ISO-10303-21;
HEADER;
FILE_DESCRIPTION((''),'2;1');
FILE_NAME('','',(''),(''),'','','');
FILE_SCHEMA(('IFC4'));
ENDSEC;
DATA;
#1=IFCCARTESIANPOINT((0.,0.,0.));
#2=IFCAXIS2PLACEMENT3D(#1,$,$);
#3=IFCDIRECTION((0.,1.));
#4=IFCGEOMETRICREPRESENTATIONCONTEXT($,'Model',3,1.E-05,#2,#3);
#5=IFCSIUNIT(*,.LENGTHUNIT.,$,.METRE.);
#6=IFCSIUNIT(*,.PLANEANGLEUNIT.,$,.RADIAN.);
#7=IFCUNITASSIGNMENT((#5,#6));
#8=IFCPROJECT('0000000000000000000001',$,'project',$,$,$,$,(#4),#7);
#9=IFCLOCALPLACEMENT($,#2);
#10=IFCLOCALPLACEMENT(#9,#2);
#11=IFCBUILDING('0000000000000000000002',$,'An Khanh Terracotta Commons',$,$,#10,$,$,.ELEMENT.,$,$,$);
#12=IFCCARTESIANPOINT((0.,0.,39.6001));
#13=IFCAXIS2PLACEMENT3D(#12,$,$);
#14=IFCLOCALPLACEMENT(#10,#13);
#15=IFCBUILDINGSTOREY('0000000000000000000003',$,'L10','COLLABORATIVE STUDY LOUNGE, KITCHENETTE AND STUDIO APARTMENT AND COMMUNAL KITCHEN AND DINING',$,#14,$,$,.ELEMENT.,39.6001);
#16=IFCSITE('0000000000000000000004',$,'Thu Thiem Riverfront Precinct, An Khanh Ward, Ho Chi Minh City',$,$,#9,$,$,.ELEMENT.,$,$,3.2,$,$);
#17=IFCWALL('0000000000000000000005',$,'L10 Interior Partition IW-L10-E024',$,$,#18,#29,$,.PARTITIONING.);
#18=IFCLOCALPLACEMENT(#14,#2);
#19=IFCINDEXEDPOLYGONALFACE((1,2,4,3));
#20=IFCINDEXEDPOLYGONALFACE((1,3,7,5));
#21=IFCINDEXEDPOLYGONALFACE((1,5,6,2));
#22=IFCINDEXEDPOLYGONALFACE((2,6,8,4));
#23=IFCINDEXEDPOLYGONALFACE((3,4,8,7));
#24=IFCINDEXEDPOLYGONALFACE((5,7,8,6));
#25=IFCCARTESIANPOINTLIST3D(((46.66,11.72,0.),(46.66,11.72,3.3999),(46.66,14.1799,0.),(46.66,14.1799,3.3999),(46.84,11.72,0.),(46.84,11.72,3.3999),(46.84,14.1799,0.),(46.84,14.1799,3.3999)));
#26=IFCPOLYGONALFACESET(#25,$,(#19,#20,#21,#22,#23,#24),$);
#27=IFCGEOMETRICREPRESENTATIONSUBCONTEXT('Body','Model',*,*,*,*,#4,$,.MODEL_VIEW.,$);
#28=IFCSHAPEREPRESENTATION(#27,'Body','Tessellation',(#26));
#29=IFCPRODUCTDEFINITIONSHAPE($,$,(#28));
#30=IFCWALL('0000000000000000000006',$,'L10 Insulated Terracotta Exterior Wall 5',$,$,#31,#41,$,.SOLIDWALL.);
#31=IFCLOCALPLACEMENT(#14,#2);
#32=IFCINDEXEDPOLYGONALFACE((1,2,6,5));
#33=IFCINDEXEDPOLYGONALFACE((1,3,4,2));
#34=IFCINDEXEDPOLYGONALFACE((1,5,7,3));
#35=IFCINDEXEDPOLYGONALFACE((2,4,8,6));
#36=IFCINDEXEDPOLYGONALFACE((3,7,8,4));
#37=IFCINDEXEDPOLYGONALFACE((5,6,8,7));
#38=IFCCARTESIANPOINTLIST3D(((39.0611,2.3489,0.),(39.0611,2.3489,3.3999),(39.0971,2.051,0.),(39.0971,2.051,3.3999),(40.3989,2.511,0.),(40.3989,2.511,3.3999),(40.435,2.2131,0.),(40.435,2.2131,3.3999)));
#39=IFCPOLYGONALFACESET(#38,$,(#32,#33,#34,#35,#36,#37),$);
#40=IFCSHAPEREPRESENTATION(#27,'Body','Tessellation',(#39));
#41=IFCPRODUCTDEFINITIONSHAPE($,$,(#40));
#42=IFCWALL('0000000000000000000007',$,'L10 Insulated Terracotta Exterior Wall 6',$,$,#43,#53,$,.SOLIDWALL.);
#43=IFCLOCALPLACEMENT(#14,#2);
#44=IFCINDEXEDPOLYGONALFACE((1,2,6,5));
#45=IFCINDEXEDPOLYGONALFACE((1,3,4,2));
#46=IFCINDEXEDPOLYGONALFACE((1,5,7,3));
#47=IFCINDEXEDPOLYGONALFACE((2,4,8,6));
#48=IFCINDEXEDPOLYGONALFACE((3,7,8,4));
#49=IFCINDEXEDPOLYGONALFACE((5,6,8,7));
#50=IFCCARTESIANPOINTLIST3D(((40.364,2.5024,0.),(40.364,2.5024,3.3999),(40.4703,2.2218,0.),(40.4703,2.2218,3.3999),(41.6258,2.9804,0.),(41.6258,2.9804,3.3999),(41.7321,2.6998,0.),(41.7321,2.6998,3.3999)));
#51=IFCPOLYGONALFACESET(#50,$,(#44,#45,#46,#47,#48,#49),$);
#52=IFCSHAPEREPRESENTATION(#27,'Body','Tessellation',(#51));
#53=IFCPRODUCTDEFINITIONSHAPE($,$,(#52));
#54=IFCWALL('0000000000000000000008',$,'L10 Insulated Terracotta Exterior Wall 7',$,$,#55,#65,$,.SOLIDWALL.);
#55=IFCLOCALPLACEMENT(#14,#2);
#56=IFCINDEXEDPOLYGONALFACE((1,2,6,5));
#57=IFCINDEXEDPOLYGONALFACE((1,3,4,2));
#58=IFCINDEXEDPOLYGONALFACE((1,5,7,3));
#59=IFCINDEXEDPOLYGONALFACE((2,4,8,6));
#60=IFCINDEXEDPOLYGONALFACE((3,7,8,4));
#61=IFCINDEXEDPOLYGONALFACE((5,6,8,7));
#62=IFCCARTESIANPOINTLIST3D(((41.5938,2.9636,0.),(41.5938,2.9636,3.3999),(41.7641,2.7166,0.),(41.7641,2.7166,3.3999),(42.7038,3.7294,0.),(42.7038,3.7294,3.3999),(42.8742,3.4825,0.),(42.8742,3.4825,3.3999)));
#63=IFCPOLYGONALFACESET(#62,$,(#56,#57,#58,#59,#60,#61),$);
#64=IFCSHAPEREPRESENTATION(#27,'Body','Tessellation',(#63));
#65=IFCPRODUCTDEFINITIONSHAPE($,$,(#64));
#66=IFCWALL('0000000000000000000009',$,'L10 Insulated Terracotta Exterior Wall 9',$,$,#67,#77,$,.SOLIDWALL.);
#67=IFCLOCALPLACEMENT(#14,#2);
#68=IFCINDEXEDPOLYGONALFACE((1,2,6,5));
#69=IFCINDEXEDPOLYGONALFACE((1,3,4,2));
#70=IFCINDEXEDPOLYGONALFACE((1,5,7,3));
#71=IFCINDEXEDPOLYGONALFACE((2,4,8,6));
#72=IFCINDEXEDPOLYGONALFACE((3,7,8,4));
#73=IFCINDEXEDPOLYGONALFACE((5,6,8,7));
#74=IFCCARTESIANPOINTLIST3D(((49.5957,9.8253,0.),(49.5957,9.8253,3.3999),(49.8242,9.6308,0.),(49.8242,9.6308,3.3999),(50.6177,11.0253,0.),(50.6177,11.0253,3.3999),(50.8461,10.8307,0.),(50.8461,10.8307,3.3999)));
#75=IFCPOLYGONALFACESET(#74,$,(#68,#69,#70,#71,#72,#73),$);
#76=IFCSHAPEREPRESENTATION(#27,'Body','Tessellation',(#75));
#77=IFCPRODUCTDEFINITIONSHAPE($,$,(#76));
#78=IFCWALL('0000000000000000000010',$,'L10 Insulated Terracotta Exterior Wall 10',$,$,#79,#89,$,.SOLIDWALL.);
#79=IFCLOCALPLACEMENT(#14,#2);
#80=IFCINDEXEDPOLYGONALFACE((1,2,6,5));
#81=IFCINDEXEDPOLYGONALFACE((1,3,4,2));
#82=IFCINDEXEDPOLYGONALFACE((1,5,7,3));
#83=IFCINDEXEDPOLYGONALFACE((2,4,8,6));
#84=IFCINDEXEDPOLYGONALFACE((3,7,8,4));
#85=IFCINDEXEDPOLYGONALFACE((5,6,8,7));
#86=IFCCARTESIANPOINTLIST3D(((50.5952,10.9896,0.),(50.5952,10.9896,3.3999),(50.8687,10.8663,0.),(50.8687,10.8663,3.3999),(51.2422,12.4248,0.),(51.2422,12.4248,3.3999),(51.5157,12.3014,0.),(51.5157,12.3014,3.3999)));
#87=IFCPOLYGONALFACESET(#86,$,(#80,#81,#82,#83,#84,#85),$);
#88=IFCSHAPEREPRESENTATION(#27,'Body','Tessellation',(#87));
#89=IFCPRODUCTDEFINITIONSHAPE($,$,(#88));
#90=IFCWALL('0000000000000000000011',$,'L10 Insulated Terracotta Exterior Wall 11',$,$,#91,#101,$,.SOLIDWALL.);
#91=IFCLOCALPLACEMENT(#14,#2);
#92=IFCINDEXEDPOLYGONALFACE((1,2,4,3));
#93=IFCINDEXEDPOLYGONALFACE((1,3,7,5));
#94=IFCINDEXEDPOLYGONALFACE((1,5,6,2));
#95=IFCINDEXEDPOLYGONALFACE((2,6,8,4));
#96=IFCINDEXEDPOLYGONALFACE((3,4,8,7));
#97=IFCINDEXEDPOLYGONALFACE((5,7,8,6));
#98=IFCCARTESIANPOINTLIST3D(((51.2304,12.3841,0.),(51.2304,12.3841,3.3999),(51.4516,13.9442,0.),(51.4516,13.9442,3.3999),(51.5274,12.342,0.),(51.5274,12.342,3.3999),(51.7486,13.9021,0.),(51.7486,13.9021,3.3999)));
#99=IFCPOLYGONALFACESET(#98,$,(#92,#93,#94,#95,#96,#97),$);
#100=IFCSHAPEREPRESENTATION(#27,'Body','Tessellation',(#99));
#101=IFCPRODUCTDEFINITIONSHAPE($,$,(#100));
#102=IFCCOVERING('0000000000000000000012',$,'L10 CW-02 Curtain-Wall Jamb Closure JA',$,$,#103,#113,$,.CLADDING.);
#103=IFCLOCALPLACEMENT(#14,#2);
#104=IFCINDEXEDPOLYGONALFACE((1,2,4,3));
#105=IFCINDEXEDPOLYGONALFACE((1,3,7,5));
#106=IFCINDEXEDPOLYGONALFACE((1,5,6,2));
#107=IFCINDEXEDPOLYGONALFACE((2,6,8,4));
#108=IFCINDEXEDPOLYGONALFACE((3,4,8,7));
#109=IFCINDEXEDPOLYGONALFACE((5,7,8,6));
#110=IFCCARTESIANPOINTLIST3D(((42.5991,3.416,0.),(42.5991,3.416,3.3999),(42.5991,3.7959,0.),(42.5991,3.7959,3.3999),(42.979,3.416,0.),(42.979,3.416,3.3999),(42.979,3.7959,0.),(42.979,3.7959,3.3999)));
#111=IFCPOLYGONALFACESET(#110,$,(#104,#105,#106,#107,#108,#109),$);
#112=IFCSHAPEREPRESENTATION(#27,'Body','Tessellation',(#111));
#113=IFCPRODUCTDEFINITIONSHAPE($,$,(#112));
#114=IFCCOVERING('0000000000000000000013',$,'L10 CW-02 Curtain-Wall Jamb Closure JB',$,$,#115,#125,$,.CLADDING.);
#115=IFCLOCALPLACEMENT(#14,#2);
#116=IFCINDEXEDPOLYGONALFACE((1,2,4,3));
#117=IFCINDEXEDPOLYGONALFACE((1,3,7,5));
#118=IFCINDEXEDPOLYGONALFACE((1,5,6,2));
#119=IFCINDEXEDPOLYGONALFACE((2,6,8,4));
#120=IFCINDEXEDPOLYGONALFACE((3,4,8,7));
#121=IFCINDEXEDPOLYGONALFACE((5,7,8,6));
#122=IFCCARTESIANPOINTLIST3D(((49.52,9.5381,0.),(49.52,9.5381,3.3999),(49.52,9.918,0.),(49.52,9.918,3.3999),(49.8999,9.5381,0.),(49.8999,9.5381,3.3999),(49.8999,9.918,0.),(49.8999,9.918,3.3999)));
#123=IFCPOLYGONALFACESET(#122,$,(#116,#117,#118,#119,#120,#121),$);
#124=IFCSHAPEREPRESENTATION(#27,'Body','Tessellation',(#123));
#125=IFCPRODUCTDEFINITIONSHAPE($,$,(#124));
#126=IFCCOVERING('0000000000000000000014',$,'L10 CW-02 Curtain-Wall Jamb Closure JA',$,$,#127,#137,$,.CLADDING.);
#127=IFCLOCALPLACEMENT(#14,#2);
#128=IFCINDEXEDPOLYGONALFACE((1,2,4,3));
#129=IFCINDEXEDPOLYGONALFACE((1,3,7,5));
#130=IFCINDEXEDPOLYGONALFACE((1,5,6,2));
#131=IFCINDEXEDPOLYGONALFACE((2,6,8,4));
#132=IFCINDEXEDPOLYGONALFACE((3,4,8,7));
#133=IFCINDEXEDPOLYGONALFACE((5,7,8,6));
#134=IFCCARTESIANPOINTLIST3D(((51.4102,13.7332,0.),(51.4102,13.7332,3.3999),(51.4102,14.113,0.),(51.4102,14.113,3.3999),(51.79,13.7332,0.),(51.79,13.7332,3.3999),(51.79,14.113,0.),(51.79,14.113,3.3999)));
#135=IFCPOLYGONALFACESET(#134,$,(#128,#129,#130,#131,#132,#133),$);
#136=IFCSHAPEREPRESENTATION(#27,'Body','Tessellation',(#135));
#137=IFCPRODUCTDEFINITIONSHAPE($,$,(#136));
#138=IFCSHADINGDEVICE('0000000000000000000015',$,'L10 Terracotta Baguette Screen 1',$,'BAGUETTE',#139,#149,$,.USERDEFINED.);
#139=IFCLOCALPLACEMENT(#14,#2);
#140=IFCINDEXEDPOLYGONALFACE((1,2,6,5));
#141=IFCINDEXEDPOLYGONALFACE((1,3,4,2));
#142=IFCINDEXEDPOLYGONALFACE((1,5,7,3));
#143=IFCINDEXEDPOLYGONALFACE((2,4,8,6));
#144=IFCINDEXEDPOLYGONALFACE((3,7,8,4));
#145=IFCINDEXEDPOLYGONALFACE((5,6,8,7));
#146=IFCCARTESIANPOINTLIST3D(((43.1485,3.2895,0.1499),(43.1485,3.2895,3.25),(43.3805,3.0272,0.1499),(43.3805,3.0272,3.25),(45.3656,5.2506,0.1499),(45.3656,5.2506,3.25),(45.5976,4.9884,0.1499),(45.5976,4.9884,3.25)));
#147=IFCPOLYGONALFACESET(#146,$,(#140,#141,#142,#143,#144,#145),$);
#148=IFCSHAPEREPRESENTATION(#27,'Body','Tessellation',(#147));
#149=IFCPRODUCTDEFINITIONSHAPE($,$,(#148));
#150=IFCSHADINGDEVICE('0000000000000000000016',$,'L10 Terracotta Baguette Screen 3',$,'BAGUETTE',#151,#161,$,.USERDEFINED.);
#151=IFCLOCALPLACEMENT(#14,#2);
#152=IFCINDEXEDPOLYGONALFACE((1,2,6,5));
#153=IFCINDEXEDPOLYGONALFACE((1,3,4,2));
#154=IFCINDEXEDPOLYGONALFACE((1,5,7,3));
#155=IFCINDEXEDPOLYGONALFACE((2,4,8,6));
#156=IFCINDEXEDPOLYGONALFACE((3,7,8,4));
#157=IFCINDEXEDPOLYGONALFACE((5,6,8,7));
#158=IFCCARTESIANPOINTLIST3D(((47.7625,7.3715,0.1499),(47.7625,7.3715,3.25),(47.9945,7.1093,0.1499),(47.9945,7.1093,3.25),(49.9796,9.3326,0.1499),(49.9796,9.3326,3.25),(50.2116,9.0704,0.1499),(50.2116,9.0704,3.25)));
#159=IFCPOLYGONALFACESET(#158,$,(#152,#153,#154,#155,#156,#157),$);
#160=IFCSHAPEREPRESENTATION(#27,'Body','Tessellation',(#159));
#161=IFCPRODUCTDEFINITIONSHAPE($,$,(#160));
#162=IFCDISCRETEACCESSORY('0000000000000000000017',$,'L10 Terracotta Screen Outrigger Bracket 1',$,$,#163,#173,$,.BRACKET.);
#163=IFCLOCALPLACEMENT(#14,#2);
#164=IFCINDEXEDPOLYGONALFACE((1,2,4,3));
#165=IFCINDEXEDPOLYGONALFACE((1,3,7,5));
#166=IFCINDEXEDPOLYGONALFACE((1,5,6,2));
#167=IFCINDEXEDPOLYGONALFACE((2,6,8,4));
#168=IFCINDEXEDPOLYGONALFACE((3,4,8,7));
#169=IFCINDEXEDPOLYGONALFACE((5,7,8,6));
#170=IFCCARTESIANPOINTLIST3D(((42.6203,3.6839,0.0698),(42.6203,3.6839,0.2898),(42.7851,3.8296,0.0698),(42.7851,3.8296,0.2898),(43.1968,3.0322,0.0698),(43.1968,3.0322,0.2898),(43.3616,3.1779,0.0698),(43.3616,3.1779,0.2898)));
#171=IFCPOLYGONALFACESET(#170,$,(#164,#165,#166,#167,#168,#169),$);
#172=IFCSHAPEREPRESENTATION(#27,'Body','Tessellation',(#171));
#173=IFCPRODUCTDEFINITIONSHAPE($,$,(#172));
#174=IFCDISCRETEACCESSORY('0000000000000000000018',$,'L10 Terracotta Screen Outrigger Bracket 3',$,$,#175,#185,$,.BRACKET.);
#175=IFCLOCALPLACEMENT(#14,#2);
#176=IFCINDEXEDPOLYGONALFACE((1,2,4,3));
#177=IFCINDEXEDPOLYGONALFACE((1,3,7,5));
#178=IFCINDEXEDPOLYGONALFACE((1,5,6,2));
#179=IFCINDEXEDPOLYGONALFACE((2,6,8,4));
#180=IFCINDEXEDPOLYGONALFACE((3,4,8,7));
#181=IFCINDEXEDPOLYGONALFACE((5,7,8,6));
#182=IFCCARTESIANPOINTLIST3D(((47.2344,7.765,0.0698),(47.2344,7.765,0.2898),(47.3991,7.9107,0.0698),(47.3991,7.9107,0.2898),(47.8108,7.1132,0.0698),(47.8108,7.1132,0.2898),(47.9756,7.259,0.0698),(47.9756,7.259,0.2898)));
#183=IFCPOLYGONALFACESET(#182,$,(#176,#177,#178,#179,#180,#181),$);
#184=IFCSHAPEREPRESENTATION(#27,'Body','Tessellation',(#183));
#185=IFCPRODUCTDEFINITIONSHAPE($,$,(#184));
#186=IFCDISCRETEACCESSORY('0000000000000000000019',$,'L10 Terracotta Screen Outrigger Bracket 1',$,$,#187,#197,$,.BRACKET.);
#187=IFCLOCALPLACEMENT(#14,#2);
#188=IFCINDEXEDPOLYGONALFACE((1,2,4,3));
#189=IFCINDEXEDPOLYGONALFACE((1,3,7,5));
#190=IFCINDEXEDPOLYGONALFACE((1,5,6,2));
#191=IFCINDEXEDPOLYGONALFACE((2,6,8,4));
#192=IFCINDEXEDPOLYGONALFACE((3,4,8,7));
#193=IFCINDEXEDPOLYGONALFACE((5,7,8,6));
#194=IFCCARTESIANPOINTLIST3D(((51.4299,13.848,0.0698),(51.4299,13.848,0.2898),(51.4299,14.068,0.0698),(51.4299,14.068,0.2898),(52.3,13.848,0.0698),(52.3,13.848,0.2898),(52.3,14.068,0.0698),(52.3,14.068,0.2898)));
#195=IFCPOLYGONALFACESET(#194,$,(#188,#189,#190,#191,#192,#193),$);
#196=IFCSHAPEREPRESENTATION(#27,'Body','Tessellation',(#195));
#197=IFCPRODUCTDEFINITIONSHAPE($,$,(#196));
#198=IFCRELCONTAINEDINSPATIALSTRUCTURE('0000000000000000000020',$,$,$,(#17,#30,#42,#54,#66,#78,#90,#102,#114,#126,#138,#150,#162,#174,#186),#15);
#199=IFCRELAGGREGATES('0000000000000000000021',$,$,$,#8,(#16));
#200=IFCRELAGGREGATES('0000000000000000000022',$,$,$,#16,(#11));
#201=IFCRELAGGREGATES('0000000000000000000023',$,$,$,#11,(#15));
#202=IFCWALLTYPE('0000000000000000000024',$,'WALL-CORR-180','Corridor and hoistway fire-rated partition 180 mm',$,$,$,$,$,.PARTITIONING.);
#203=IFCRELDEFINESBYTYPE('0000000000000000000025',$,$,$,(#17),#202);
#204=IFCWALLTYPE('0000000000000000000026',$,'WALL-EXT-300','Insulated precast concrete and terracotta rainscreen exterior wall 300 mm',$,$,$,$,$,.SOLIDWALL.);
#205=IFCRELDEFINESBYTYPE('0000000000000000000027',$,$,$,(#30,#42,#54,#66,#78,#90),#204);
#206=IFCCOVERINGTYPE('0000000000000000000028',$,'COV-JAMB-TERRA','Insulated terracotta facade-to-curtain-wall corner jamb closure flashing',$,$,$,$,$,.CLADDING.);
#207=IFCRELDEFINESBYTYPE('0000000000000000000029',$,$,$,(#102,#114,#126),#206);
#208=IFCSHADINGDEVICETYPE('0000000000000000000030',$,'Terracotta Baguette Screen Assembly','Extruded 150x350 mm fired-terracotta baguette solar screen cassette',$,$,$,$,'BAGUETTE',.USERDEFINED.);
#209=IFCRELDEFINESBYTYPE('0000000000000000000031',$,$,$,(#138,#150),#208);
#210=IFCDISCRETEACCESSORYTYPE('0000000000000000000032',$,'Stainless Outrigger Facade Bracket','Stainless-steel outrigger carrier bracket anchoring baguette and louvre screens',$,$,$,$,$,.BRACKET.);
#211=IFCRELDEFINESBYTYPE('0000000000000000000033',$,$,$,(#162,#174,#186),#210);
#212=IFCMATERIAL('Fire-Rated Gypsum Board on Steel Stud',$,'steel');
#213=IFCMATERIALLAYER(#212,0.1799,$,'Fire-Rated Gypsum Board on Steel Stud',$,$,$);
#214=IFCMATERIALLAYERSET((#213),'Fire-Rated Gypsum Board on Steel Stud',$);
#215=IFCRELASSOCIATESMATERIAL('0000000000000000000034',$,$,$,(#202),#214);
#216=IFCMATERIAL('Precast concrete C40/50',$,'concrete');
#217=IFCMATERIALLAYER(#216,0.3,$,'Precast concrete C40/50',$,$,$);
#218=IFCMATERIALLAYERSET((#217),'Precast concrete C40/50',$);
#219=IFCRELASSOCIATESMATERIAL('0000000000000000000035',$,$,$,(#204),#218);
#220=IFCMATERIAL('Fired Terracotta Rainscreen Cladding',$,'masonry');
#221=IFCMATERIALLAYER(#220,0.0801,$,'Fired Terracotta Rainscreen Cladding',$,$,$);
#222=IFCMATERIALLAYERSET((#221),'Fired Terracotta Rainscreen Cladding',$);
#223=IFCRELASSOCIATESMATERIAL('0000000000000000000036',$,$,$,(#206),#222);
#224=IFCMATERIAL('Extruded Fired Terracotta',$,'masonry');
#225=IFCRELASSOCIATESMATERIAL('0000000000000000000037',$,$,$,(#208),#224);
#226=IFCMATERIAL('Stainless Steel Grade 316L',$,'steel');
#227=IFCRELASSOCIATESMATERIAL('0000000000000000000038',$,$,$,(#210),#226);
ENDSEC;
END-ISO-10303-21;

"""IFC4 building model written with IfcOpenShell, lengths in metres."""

from ifc_helpers import new_model, si_unit, direction, frame, frame_2d, origin, origin_2d, place, context, subcontext, project, spatial, rectangle, extrude, material, layer, layer_set, type_object, element, save


model = new_model("IFC4")

# Units and contexts
model_context = context("Model", 3, precision=1e-05, world=origin(), true_north=direction((0.0, 1.0)))
body_context = subcontext(model_context, "Body", "Model", "MODEL_VIEW")
ifc_project = project(units=[si_unit("LENGTHUNIT", "METRE"), si_unit("PLANEANGLEUNIT", "RADIAN")], contexts=[model_context])

# Site, building, storey
site_placement = place(None, origin())
site = spatial("IfcSite", under=ifc_project, at=site_placement, Name="Thu Thiem Riverfront Precinct, An Khanh Ward, Ho Chi Minh City", CompositionType="ELEMENT", RefElevation=3.2)
building_placement = place(site_placement, origin())
building = spatial("IfcBuilding", under=site, at=building_placement, Name="An Khanh Terracotta Commons", CompositionType="ELEMENT")
storey_placement = place(building_placement, frame((0.0, 0.0, 39.6001)))
storey = spatial("IfcBuildingStorey", under=building, at=storey_placement, Name="L10", Description="COLLABORATIVE STUDY LOUNGE, KITCHENETTE AND STUDIO APARTMENT AND COMMUNAL KITCHEN AND DINING", CompositionType="ELEMENT", Elevation=39.6001)

# Walls
ifc_material_1 = material(Name="Fire-Rated Gypsum Board on Steel Stud", Category="steel")
ifc_layer_1 = layer(ifc_material_1, 0.1799, Name="Fire-Rated Gypsum Board on Steel Stud")
ifc_layer_set_1 = layer_set([ifc_layer_1], Name="Fire-Rated Gypsum Board on Steel Stud")
wall_type_1 = type_object("IfcWallType", Name="WALL-CORR-180", Description="Corridor and hoistway fire-rated partition 180 mm", PredefinedType="PARTITIONING", material=ifc_layer_set_1)
wall_1_placement = place(storey_placement, frame((46.75, 11.72, 0.0), z_axis=(0.0, 0.0, 1.0), x_axis=(0.0, 1.0, 0.0)))
element("IfcWall", 1, at=wall_1_placement, inside=storey, type_object=wall_type_1, Name="L10 Interior Partition IW-L10-E024", PredefinedType="PARTITIONING", context=body_context, shape_type="SweptSolid", body=[
    extrude(rectangle(XDim=2.46, YDim=0.1799, at=frame_2d((1.23, 0.0))), origin(), (0.0, 0.0, 1.0), 3.3999),
])
ifc_material_2 = material(Name="Precast concrete C40/50", Category="concrete")
ifc_layer_2 = layer(ifc_material_2, 0.3, Name="Precast concrete C40/50")
ifc_layer_set_2 = layer_set([ifc_layer_2], Name="Precast concrete C40/50")
wall_type_2 = type_object("IfcWallType", Name="WALL-EXT-300", Description="Insulated precast concrete and terracotta rainscreen exterior wall 300 mm", PredefinedType="SOLIDWALL", material=ifc_layer_set_2)
wall_2_placement = place(storey_placement, frame((39.0791, 2.2, 0.0), z_axis=(0.0, 0.0, 1.0), x_axis=(0.992739, 0.120288, 0.0)))
element("IfcWall", 2, at=wall_2_placement, inside=storey, type_object=wall_type_2, Name="L10 Insulated Terracotta Exterior Wall 5", PredefinedType="SOLIDWALL", context=body_context, shape_type="SweptSolid", body=[
    extrude(rectangle(XDim=1.3477, YDim=0.3, at=frame_2d((0.6738, 0.0))), origin(), (0.0, 0.0, 1.0), 3.3999),
])
wall_3_placement = place(storey_placement, frame((40.417, 2.3621, 0.0), z_axis=(0.0, 0.0, 1.0), x_axis=(0.935157, 0.354234, 0.0)))
element("IfcWall", 3, at=wall_3_placement, inside=storey, type_object=wall_type_2, Name="L10 Insulated Terracotta Exterior Wall 6", PredefinedType="SOLIDWALL", context=body_context, shape_type="SweptSolid", body=[
    extrude(rectangle(XDim=1.3494, YDim=0.3, at=frame_2d((0.6748, 0.0))), origin(), (0.0, 0.0, 1.0), 3.3999),
])
wall_4_placement = place(storey_placement, frame((41.679, 2.8401, 0.0), z_axis=(0.0, 0.0, 1.0), x_axis=(0.823117, 0.567873, 0.0)))
element("IfcWall", 4, at=wall_4_placement, inside=storey, type_object=wall_type_2, Name="L10 Insulated Terracotta Exterior Wall 7", PredefinedType="SOLIDWALL", context=body_context, shape_type="SweptSolid", body=[
    extrude(rectangle(XDim=1.3486, YDim=0.3, at=frame_2d((0.6743, 0.0))), origin(), (0.0, 0.0, 1.0), 3.3999),
])
wall_5_placement = place(storey_placement, frame((49.71, 9.728, 0.0), z_axis=(0.0, 0.0, 1.0), x_axis=(0.64839, 0.761308, 0.0)))
element("IfcWall", 5, at=wall_5_placement, inside=storey, type_object=wall_type_2, Name="L10 Insulated Terracotta Exterior Wall 9", PredefinedType="SOLIDWALL", context=body_context, shape_type="SweptSolid", body=[
    extrude(rectangle(XDim=1.5762, YDim=0.3, at=frame_2d((0.7881, 0.0))), origin(), (0.0, 0.0, 1.0), 3.3999),
])
wall_6_placement = place(storey_placement, frame((50.7319, 10.928, 0.0), z_axis=(0.0, 0.0, 1.0), x_axis=(0.410997, 0.911637, 0.0)))
element("IfcWall", 6, at=wall_6_placement, inside=storey, type_object=wall_type_2, Name="L10 Insulated Terracotta Exterior Wall 10", PredefinedType="SOLIDWALL", context=body_context, shape_type="SweptSolid", body=[
    extrude(rectangle(XDim=1.5742, YDim=0.3, at=frame_2d((0.7871, 0.0))), origin(), (0.0, 0.0, 1.0), 3.3999),
])
wall_7_placement = place(storey_placement, frame((51.3789, 12.363, 0.0), z_axis=(0.0, 0.0, 1.0), x_axis=(0.14038, 0.990098, 0.0)))
element("IfcWall", 7, at=wall_7_placement, inside=storey, type_object=wall_type_2, Name="L10 Insulated Terracotta Exterior Wall 11", PredefinedType="SOLIDWALL", context=body_context, shape_type="SweptSolid", body=[
    extrude(rectangle(XDim=1.5757, YDim=0.3, at=frame_2d((0.7878, 0.0))), origin(), (0.0, 0.0, 1.0), 3.3999),
])

# Coverings
ifc_material_3 = material(Name="Fired Terracotta Rainscreen Cladding", Category="masonry")
ifc_layer_3 = layer(ifc_material_3, 0.0801, Name="Fired Terracotta Rainscreen Cladding")
ifc_layer_set_3 = layer_set([ifc_layer_3], Name="Fired Terracotta Rainscreen Cladding")
covering_type = type_object("IfcCoveringType", Name="COV-JAMB-TERRA", Description="Insulated terracotta facade-to-curtain-wall corner jamb closure flashing", PredefinedType="CLADDING", material=ifc_layer_set_3)
for number, where, z_axis, x_axis, name in (
    (8, (42.7891, 3.606, 0.0), (0.0, 0.0, 1.0), (1.0, 0.0, 0.0), "L10 CW-02 Curtain-Wall Jamb Closure JA"),
    (9, (49.71, 9.728, 0.0), (0.0, 0.0, 1.0), (1.0, 0.0, 0.0), "L10 CW-02 Curtain-Wall Jamb Closure JB"),
    (10, (51.6001, 13.9231, 0.0), (0.0, 0.0, 1.0), (1.0, 0.0, 0.0), "L10 CW-02 Curtain-Wall Jamb Closure JA"),
):
    element("IfcCovering", number, at=place(storey_placement, frame(where, z_axis=z_axis, x_axis=x_axis)), inside=storey, type_object=covering_type, Name=name, PredefinedType="CLADDING", context=body_context, shape_type="SweptSolid", body=[
        extrude(rectangle(XDim=0.3799, YDim=0.3799, at=origin_2d()), origin(), (0.0, 0.0, 1.0), 3.3999),
    ])

# Shading devices
ifc_material_4 = material(Name="Extruded Fired Terracotta", Category="masonry")
shading_device_type = type_object("IfcShadingDeviceType", Name="Terracotta Baguette Screen Assembly", Description="Extruded 150x350 mm fired-terracotta baguette solar screen cassette", ElementType="BAGUETTE", PredefinedType="USERDEFINED", material=ifc_material_4)
for number, where, z_axis, x_axis, name in (
    (11, (44.373, 4.1389, 0.1499), (0.0, 0.0, 1.0), (0.749019, 0.662548, 0.0), "L10 Terracotta Baguette Screen 1"),
    (12, (48.9871, 8.2209, 0.1499), (0.0, 0.0, 1.0), (0.749019, 0.662548, 0.0), "L10 Terracotta Baguette Screen 3"),
):
    element("IfcShadingDevice", number, at=place(storey_placement, frame(where, z_axis=z_axis, x_axis=x_axis)), inside=storey, type_object=shading_device_type, Name=name, ObjectType="BAGUETTE", PredefinedType="USERDEFINED", context=body_context, shape_type="SweptSolid", body=[
        extrude(rectangle(XDim=2.96, YDim=0.3501, at=origin_2d()), origin(), (0.0, 0.0, 1.0), 3.1001),
    ])

# Discrete accessories
ifc_material_5 = material(Name="Stainless Steel Grade 316L", Category="steel")
discrete_accessory_type = type_object("IfcDiscreteAccessoryType", Name="Stainless Outrigger Facade Bracket", Description="Stainless-steel outrigger carrier bracket anchoring baguette and louvre screens", PredefinedType="BRACKET", material=ifc_material_5)
for number, where, z_axis, x_axis, name in (
    (13, (42.991, 3.4309, 0.0698), (0.0, 0.0, 1.0), (0.749019, 0.662548, 0.0), "L10 Terracotta Screen Outrigger Bracket 1"),
    (14, (47.605, 7.512, 0.0698), (0.0, 0.0, 1.0), (0.749019, 0.662548, 0.0), "L10 Terracotta Screen Outrigger Bracket 3"),
    (15, (51.865, 13.958, 0.0698), (0.0, 0.0, 1.0), (0.0, 1.0, 0.0), "L10 Terracotta Screen Outrigger Bracket 1"),
):
    element("IfcDiscreteAccessory", number, at=place(storey_placement, frame(where, z_axis=z_axis, x_axis=x_axis)), inside=storey, type_object=discrete_accessory_type, Name=name, PredefinedType="BRACKET", context=body_context, shape_type="SweptSolid", body=[
        extrude(rectangle(XDim=0.22, YDim=0.8701, at=origin_2d()), origin(), (0.0, 0.0, 1.0), 0.22),
    ])

save(model, "model.ifc")
